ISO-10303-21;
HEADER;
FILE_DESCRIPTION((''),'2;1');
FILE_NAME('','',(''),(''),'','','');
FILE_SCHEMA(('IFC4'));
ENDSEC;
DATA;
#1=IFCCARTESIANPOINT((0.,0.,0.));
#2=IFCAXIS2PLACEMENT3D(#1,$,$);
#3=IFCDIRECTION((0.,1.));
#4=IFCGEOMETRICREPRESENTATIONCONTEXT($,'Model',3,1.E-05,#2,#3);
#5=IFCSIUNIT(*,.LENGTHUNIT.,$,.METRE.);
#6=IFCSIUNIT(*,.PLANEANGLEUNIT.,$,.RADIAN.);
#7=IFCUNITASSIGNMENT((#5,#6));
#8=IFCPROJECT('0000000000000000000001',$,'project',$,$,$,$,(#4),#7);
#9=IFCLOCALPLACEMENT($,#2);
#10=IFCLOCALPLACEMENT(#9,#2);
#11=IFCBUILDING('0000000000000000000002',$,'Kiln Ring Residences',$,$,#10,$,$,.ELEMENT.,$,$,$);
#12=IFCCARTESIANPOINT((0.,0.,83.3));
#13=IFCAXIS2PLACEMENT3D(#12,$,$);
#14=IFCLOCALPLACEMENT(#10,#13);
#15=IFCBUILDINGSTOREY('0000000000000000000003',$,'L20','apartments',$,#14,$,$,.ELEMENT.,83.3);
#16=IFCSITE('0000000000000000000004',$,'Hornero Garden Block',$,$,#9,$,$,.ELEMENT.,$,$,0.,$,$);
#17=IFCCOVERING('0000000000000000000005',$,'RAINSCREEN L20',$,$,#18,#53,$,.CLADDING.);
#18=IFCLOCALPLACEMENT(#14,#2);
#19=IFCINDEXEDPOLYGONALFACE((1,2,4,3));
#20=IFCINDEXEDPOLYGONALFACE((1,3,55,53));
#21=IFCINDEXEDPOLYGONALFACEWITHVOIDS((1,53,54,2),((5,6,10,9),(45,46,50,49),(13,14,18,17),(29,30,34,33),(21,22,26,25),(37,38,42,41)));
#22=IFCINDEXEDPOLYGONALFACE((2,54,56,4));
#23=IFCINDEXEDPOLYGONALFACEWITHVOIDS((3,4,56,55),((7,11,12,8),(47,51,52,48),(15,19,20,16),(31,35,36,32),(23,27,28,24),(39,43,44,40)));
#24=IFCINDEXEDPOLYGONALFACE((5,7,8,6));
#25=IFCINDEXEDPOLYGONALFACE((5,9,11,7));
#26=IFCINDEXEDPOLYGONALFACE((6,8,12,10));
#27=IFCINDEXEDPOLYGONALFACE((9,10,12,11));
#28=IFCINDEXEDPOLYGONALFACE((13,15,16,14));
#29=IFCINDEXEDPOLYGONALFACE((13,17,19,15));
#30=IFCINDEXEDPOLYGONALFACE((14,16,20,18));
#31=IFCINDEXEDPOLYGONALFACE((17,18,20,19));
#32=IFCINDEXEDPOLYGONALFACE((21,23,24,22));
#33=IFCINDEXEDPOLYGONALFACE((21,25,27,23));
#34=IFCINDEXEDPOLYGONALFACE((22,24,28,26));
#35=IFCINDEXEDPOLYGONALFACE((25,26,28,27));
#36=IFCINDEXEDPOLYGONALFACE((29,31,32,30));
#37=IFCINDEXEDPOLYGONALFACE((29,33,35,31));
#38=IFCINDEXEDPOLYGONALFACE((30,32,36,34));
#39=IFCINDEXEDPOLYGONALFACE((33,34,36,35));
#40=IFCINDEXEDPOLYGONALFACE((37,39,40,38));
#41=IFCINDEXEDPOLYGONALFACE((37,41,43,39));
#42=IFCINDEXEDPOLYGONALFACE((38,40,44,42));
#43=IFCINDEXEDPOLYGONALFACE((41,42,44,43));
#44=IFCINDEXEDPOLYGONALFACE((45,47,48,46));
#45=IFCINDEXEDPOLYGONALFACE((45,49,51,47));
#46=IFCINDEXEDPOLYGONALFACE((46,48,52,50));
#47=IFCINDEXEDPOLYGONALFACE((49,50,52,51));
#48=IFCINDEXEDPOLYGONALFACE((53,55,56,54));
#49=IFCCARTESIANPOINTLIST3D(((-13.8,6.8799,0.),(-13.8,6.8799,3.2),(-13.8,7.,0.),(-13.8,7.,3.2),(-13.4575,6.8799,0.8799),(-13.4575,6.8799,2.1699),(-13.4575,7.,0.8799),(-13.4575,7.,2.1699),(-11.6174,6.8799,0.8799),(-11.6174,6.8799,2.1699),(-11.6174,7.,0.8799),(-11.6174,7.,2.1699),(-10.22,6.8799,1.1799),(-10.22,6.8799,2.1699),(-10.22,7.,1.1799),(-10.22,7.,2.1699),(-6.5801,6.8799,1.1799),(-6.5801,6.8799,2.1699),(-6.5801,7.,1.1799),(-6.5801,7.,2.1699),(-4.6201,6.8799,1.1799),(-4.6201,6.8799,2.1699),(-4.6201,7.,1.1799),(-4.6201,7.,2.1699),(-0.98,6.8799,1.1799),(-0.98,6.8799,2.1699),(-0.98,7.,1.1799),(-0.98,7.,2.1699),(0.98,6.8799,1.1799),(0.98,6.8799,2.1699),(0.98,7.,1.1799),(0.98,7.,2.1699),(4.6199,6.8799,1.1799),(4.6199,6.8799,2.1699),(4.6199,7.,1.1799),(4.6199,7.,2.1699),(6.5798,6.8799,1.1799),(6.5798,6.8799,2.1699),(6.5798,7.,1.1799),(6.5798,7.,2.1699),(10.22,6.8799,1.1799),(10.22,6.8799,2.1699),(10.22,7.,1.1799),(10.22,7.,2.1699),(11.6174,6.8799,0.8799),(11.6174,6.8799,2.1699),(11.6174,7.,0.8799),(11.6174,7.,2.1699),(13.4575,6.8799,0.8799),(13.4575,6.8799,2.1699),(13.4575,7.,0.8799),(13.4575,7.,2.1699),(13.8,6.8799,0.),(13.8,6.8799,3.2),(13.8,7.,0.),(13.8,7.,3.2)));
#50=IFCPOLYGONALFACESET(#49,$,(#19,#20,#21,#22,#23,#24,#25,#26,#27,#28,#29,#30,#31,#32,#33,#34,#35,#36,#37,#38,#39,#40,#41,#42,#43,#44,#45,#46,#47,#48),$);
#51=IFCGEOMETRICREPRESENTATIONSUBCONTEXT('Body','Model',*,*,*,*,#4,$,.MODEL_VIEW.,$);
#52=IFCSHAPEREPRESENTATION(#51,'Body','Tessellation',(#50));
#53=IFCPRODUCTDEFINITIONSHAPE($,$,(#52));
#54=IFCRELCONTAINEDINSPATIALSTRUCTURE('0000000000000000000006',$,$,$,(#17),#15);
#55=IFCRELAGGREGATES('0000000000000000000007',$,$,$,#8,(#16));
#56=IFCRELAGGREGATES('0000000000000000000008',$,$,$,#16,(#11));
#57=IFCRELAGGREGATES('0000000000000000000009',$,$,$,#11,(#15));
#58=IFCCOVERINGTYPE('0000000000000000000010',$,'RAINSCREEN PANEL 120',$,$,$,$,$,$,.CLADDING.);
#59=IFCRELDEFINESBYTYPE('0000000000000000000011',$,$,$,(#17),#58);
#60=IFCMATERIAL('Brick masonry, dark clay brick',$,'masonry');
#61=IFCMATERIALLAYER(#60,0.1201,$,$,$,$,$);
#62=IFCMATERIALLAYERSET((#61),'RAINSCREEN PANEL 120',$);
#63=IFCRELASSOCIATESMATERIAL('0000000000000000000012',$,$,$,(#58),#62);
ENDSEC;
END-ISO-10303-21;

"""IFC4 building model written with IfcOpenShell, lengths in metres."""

from ifc_helpers import new_model, si_unit, direction, frame, origin, place, context, subcontext, project, spatial, polyline, outline, extrude, material, layer, layer_set, type_object, element, save


model = new_model("IFC4")

# Units and contexts
model_context = context("Model", 3, precision=1e-05, world=origin(), true_north=direction((0.0, 1.0)))
body_context = subcontext(model_context, "Body", "Model", "MODEL_VIEW")
ifc_project = project(units=[si_unit("LENGTHUNIT", "METRE"), si_unit("PLANEANGLEUNIT", "RADIAN")], contexts=[model_context])

# Site, building, storey
site_placement = place(None, origin())
site = spatial("IfcSite", under=ifc_project, at=site_placement, Name="Hornero Garden Block", CompositionType="ELEMENT", RefElevation=0.0)
building_placement = place(site_placement, origin())
building = spatial("IfcBuilding", under=site, at=building_placement, Name="Kiln Ring Residences", CompositionType="ELEMENT")
storey_placement = place(building_placement, frame((0.0, 0.0, 83.3)))
storey = spatial("IfcBuildingStorey", under=building, at=storey_placement, Name="L20", Description="apartments", CompositionType="ELEMENT", Elevation=83.3)

# Covering
ifc_material_1 = material(Name="Brick masonry, dark clay brick", Category="masonry")
ifc_layer_1 = layer(ifc_material_1, 0.1201)
ifc_layer_set_1 = layer_set([ifc_layer_1], Name="RAINSCREEN PANEL 120")
covering_type = type_object("IfcCoveringType", Name="RAINSCREEN PANEL 120", PredefinedType="CLADDING", material=ifc_layer_set_1)
covering_placement = place(storey_placement, frame((-13.8, 6.9399, 0.0), z_axis=(0.0, 0.0, 1.0), x_axis=(1.0, 0.0, 0.0)))
element("IfcCovering", 1, at=covering_placement, inside=storey, type_object=covering_type, Name="RAINSCREEN L20", PredefinedType="CLADDING", context=body_context, shape_type="SweptSolid", body=[
    extrude(outline(polyline([(0.0, 0.0), (27.6001, 0.0), (27.6001, 3.2), (0.0, 3.2), (0.0, 0.0)]), holes=[polyline([(2.1826, 0.8799), (2.1826, 2.1699), (0.3425, 2.1699), (0.3425, 0.8799), (2.1826, 0.8799)]), polyline([(25.4175, 0.8799), (27.2576, 0.8799), (27.2576, 2.1699), (25.4175, 2.1699), (25.4175, 0.8799)]), polyline([(3.5801, 1.1799), (7.22, 1.1799), (7.22, 2.1699), (3.5801, 2.1699), (3.5801, 1.1799)]), polyline([(12.8201, 1.1799), (12.8201, 2.1699), (9.1799, 2.1699), (9.1799, 1.1799), (12.8201, 1.1799)]), polyline([(14.78, 1.1799), (18.4199, 1.1799), (18.4199, 2.1699), (14.78, 2.1699), (14.78, 1.1799)]), polyline([(20.3799, 1.1799), (24.02, 1.1799), (24.02, 2.1699), (20.3799, 2.1699), (20.3799, 1.1799)])]), frame((0.0, 0.0601, 0.0), z_axis=(0.0, -1.0, 0.0), x_axis=(1.0, 0.0, 0.0)), (0.0, 0.0, 1.0), 0.1201),
])

save(model, "model.ifc")
